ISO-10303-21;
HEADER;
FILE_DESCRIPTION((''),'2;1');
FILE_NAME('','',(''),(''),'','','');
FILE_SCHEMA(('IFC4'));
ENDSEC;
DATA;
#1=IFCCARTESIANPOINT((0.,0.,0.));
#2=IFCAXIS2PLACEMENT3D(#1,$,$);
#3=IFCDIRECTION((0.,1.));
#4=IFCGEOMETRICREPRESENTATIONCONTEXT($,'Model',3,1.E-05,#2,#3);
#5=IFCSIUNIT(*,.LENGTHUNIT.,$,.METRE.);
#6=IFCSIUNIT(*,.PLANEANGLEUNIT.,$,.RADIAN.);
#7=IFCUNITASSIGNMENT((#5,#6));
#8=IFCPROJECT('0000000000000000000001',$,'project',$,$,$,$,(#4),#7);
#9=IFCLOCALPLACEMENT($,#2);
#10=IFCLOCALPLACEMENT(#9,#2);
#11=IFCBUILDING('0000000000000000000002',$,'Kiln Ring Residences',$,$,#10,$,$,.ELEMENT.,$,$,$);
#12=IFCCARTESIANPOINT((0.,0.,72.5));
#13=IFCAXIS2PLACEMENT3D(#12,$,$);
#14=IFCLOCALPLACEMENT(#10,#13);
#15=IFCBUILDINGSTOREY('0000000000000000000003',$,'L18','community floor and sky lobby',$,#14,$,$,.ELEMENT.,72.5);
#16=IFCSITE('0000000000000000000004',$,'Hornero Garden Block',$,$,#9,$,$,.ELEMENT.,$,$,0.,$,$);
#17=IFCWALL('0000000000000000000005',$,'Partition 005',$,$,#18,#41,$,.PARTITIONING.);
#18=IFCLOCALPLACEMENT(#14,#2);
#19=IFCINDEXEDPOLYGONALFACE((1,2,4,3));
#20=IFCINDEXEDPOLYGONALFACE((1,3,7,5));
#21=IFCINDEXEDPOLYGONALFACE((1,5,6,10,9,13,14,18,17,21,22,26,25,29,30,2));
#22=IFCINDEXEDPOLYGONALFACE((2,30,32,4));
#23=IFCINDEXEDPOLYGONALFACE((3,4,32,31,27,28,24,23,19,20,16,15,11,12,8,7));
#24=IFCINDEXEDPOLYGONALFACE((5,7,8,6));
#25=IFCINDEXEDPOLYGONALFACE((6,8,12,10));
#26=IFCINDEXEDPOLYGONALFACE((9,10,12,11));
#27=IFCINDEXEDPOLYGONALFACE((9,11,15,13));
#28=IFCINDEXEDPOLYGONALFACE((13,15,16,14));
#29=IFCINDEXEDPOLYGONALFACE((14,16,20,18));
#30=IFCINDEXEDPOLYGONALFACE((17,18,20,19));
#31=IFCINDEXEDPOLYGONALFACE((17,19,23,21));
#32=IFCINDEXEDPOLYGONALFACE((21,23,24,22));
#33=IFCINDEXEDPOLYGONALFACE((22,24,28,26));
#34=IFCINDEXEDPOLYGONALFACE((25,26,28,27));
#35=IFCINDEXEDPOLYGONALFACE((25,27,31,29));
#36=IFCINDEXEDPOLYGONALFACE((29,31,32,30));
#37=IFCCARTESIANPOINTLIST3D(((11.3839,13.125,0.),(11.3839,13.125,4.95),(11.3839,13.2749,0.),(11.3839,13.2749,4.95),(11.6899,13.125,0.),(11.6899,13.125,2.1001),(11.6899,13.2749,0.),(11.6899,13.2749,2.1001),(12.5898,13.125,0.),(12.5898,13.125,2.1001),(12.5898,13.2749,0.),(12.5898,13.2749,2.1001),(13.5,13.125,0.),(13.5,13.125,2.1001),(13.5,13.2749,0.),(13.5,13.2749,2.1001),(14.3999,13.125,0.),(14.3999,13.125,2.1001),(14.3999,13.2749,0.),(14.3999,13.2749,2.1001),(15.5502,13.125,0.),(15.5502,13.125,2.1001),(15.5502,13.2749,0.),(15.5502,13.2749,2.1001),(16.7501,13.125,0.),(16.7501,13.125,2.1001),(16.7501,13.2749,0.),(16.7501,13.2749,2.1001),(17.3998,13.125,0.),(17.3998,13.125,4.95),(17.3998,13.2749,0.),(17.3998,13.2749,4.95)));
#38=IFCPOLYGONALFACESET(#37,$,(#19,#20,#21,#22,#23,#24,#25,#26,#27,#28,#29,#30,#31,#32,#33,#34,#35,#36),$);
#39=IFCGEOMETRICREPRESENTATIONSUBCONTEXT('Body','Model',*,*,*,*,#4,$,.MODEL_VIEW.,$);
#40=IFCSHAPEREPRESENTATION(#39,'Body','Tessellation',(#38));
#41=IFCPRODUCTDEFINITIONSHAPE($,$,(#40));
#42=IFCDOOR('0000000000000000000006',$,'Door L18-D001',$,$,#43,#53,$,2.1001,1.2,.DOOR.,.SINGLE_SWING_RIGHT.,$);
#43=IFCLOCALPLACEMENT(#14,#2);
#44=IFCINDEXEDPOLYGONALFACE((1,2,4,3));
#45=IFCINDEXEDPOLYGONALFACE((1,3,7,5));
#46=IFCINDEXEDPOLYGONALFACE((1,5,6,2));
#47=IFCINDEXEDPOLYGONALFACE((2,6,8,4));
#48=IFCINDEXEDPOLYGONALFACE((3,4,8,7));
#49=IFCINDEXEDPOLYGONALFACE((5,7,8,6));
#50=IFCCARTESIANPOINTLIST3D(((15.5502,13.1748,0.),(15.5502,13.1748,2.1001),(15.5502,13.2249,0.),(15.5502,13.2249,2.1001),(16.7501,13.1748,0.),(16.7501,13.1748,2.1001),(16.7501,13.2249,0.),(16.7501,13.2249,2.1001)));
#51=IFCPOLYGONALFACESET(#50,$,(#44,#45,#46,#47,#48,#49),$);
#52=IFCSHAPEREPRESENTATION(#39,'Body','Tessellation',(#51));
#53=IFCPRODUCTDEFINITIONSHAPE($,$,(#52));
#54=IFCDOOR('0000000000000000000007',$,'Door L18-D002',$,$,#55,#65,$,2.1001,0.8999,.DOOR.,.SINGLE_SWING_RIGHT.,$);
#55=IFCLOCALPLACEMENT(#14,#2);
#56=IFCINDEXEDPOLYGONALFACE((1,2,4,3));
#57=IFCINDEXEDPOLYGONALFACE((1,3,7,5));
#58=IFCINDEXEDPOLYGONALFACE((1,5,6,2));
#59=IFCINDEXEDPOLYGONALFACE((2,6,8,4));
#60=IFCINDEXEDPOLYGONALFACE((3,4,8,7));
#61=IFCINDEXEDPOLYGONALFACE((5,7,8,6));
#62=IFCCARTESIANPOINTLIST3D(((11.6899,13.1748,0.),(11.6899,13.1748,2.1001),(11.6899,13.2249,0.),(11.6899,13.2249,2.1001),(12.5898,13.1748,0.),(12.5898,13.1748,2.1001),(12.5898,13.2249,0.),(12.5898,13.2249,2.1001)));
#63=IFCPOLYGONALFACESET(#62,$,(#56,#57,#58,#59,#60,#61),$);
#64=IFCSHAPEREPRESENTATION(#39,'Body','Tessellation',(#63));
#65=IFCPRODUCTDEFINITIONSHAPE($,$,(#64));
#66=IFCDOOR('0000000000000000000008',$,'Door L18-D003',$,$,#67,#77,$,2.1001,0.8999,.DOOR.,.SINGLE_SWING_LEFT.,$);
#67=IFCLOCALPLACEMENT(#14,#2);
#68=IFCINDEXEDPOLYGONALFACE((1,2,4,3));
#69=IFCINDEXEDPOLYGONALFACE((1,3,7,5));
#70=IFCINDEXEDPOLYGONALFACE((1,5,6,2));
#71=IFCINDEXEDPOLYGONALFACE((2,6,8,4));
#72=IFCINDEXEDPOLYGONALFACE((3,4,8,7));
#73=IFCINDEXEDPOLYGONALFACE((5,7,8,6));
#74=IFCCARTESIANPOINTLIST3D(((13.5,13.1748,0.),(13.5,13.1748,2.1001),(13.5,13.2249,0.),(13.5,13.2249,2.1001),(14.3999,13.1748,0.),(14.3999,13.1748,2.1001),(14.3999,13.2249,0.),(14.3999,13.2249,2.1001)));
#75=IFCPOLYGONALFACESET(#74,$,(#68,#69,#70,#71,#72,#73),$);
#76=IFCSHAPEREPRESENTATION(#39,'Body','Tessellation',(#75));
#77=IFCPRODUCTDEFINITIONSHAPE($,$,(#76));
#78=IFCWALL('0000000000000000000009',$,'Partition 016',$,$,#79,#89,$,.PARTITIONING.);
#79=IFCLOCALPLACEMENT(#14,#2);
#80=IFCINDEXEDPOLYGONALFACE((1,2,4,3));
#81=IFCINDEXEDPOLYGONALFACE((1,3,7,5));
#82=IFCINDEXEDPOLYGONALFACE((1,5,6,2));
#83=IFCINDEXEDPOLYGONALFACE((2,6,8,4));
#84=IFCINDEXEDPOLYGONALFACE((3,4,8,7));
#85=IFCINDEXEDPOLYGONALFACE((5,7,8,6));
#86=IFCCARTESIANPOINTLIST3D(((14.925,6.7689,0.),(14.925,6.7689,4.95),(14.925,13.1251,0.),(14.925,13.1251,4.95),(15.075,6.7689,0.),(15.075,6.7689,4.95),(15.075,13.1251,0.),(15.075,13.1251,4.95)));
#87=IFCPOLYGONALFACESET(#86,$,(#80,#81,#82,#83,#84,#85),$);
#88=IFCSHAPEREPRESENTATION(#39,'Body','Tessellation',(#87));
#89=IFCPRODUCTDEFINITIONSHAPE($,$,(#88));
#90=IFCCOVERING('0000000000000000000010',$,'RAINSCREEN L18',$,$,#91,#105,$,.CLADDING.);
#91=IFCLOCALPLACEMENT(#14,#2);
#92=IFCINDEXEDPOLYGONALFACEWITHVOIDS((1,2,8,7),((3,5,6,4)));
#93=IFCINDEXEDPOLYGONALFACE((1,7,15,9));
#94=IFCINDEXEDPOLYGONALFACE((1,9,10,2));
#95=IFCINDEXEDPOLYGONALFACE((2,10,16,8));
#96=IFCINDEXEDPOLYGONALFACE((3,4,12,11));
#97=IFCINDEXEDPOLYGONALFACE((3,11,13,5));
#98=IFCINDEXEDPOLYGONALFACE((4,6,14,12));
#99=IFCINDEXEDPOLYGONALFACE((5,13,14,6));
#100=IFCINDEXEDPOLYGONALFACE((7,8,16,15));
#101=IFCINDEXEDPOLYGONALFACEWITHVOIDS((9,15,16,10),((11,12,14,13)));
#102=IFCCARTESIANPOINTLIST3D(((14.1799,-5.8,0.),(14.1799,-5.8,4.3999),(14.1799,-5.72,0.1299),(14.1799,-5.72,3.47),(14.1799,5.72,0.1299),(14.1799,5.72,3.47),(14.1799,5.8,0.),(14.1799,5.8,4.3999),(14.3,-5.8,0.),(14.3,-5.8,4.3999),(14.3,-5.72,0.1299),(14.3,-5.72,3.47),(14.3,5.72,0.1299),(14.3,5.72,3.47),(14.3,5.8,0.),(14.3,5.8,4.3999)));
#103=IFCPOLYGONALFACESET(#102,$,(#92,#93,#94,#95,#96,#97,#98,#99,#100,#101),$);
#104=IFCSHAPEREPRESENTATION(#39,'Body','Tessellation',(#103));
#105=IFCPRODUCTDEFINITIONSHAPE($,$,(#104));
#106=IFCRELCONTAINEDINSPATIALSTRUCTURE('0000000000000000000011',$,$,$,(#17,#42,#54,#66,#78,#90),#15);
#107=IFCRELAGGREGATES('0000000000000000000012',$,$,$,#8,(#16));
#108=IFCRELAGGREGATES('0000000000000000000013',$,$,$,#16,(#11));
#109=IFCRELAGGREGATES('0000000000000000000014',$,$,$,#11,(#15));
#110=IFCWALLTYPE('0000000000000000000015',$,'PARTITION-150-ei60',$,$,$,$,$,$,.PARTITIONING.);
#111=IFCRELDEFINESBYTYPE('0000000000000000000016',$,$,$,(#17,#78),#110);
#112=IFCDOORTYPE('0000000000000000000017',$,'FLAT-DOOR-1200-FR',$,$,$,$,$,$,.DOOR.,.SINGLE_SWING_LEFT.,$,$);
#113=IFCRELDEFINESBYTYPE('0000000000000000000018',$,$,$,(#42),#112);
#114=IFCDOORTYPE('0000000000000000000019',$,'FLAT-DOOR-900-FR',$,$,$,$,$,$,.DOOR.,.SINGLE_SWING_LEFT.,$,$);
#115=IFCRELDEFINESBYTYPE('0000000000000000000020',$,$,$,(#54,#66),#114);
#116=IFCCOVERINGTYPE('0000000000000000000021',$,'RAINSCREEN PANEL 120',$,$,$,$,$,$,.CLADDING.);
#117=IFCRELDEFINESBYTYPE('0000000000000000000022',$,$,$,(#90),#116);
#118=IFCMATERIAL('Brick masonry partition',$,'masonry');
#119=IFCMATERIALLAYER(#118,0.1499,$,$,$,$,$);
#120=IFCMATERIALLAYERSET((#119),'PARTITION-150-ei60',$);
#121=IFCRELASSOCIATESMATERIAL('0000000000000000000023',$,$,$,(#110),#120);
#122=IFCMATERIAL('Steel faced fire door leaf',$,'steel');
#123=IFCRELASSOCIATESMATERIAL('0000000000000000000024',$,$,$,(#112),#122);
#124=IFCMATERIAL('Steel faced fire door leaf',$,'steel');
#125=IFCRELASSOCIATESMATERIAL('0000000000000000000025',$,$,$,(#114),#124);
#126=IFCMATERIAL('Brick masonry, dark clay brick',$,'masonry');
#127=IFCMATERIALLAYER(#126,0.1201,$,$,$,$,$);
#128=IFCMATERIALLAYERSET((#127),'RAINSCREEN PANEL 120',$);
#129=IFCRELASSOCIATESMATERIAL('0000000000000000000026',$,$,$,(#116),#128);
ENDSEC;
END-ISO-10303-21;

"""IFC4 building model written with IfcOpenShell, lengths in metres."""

from ifc_helpers import new_model, si_unit, direction, frame, frame_2d, origin, place, context, subcontext, project, spatial, polyline, rectangle, outline, extrude, material, layer, layer_set, type_object, element, fill, save


model = new_model("IFC4")

# Units and contexts
model_context = context("Model", 3, precision=1e-05, world=origin(), true_north=direction((0.0, 1.0)))
body_context = subcontext(model_context, "Body", "Model", "MODEL_VIEW")
ifc_project = project(units=[si_unit("LENGTHUNIT", "METRE"), si_unit("PLANEANGLEUNIT", "RADIAN")], contexts=[model_context])

# Site, building, storey
site_placement = place(None, origin())
site = spatial("IfcSite", under=ifc_project, at=site_placement, Name="Hornero Garden Block", CompositionType="ELEMENT", RefElevation=0.0)
building_placement = place(site_placement, origin())
building = spatial("IfcBuilding", under=site, at=building_placement, Name="Kiln Ring Residences", CompositionType="ELEMENT")
storey_placement = place(building_placement, frame((0.0, 0.0, 72.5)))
storey = spatial("IfcBuildingStorey", under=building, at=storey_placement, Name="L18", Description="community floor and sky lobby", CompositionType="ELEMENT", Elevation=72.5)

# Wall, openings, doors
ifc_material_1 = material(Name="Brick masonry partition", Category="masonry")
ifc_layer_1 = layer(ifc_material_1, 0.1499)
ifc_layer_set_1 = layer_set([ifc_layer_1], Name="PARTITION-150-ei60")
wall_type_1 = type_object("IfcWallType", Name="PARTITION-150-ei60", PredefinedType="PARTITIONING", material=ifc_layer_set_1)
wall_1_placement = place(storey_placement, frame((11.384, 13.2, 0.0), z_axis=(0.0, 0.0, 1.0), x_axis=(1.0, 0.0, 0.0)))
wall_1 = element("IfcWall", 1, at=wall_1_placement, inside=storey, type_object=wall_type_1, Name="Partition 005", PredefinedType="PARTITIONING", context=body_context, shape_type="SweptSolid", body=[
    extrude(rectangle(XDim=6.0159, YDim=0.1499, at=frame_2d((3.0078, 0.0))), origin(), (0.0, 0.0, 1.0), 4.95),
])
opening_1_placement = place(wall_1_placement, frame((4.166, 0.0, 0.0)))
opening_1 = element("IfcOpeningElement", 2, at=opening_1_placement, cuts=wall_1, PredefinedType="OPENING", context=body_context, shape_type="SweptSolid", body=[
    extrude(rectangle(XDim=1.2, YDim=2.1001, at=frame_2d((0.6001, 1.05))), frame((0.0, 0.085, 0.0), z_axis=(0.0, -1.0, 0.0), x_axis=(1.0, 0.0, 0.0)), (0.0, 0.0, 1.0), 0.1699),
])
opening_2_placement = place(wall_1_placement, frame((0.3059, 0.0, 0.0)))
opening_2 = element("IfcOpeningElement", 3, at=opening_2_placement, cuts=wall_1, PredefinedType="OPENING", context=body_context, shape_type="SweptSolid", body=[
    extrude(rectangle(XDim=0.8999, YDim=2.1001, at=frame_2d((0.45, 1.05))), frame((0.0, 0.085, 0.0), z_axis=(0.0, -1.0, 0.0), x_axis=(1.0, 0.0, 0.0)), (0.0, 0.0, 1.0), 0.1699),
])
opening_3_placement = place(wall_1_placement, frame((2.116, 0.0, 0.0)))
opening_3 = element("IfcOpeningElement", 4, at=opening_3_placement, cuts=wall_1, PredefinedType="OPENING", context=body_context, shape_type="SweptSolid", body=[
    extrude(rectangle(XDim=0.8999, YDim=2.1001, at=frame_2d((0.45, 1.05))), frame((0.0, 0.085, 0.0), z_axis=(0.0, -1.0, 0.0), x_axis=(1.0, 0.0, 0.0)), (0.0, 0.0, 1.0), 0.1699),
])
ifc_material_2 = material(Name="Steel faced fire door leaf", Category="steel")
door_type_1 = type_object("IfcDoorType", Name="FLAT-DOOR-1200-FR", OperationType="SINGLE_SWING_LEFT", PredefinedType="DOOR", material=ifc_material_2)
door_1_placement = place(opening_1_placement, origin())
door_1 = element("IfcDoor", 5, at=door_1_placement, inside=storey, type_object=door_type_1, Name="Door L18-D001", OperationType="SINGLE_SWING_RIGHT", OverallHeight=2.1001, OverallWidth=1.2, PredefinedType="DOOR", context=body_context, shape_type="SweptSolid", body=[
    extrude(rectangle(XDim=1.2, YDim=2.1001, at=frame_2d((0.6001, 1.05))), frame((0.0, 0.0249, 0.0), z_axis=(0.0, -1.0, 0.0), x_axis=(1.0, 0.0, 0.0)), (0.0, 0.0, 1.0), 0.05),
])
fill(opening_1, door_1)
ifc_material_3 = material(Name="Steel faced fire door leaf", Category="steel")
door_type_2 = type_object("IfcDoorType", Name="FLAT-DOOR-900-FR", OperationType="SINGLE_SWING_LEFT", PredefinedType="DOOR", material=ifc_material_3)
door_2_placement = place(opening_2_placement, origin())
door_2 = element("IfcDoor", 6, at=door_2_placement, inside=storey, type_object=door_type_2, Name="Door L18-D002", OperationType="SINGLE_SWING_RIGHT", OverallHeight=2.1001, OverallWidth=0.8999, PredefinedType="DOOR", context=body_context, shape_type="SweptSolid", body=[
    extrude(rectangle(XDim=0.8999, YDim=2.1001, at=frame_2d((0.45, 1.05))), frame((0.0, 0.0249, 0.0), z_axis=(0.0, -1.0, 0.0), x_axis=(1.0, 0.0, 0.0)), (0.0, 0.0, 1.0), 0.05),
])
fill(opening_2, door_2)
door_3_placement = place(opening_3_placement, origin())
door_3 = element("IfcDoor", 7, at=door_3_placement, inside=storey, type_object=door_type_2, Name="Door L18-D003", OperationType="SINGLE_SWING_LEFT", OverallHeight=2.1001, OverallWidth=0.8999, PredefinedType="DOOR", context=body_context, shape_type="SweptSolid", body=[
    extrude(rectangle(XDim=0.8999, YDim=2.1001, at=frame_2d((0.45, 1.05))), frame((0.0, 0.0249, 0.0), z_axis=(0.0, -1.0, 0.0), x_axis=(1.0, 0.0, 0.0)), (0.0, 0.0, 1.0), 0.05),
])
fill(opening_3, door_3)

# Wall
wall_2_placement = place(storey_placement, frame((15.0, 6.7688, 0.0), z_axis=(0.0, 0.0, 1.0), x_axis=(0.0, 1.0, 0.0)))
element("IfcWall", 8, at=wall_2_placement, inside=storey, type_object=wall_type_1, Name="Partition 016", PredefinedType="PARTITIONING", context=body_context, shape_type="SweptSolid", body=[
    extrude(rectangle(XDim=6.3562, YDim=0.1499, at=frame_2d((3.1782, 0.0))), origin(), (0.0, 0.0, 1.0), 4.95),
])

# Covering
ifc_material_4 = material(Name="Brick masonry, dark clay brick", Category="masonry")
ifc_layer_2 = layer(ifc_material_4, 0.1201)
ifc_layer_set_2 = layer_set([ifc_layer_2], Name="RAINSCREEN PANEL 120")
covering_type = type_object("IfcCoveringType", Name="RAINSCREEN PANEL 120", PredefinedType="CLADDING", material=ifc_layer_set_2)
covering_placement = place(storey_placement, frame((14.24, 5.8, 0.0), z_axis=(0.0, 0.0, 1.0), x_axis=(0.0, -1.0, 0.0)))
element("IfcCovering", 9, at=covering_placement, inside=storey, type_object=covering_type, Name="RAINSCREEN L18", PredefinedType="CLADDING", context=body_context, shape_type="SweptSolid", body=[
    extrude(outline(polyline([(0.0, 0.0), (11.6001, 0.0), (11.6001, 4.3999), (0.0, 4.3999), (0.0, 0.0)]), holes=[polyline([(0.0801, 3.47), (0.0801, 0.1299), (11.52, 0.1299), (11.52, 3.47), (0.0801, 3.47)])]), frame((0.0, 0.0601, 0.0), z_axis=(0.0, -1.0, 0.0), x_axis=(1.0, 0.0, 0.0)), (0.0, 0.0, 1.0), 0.1201),
])

save(model, "model.ifc")
